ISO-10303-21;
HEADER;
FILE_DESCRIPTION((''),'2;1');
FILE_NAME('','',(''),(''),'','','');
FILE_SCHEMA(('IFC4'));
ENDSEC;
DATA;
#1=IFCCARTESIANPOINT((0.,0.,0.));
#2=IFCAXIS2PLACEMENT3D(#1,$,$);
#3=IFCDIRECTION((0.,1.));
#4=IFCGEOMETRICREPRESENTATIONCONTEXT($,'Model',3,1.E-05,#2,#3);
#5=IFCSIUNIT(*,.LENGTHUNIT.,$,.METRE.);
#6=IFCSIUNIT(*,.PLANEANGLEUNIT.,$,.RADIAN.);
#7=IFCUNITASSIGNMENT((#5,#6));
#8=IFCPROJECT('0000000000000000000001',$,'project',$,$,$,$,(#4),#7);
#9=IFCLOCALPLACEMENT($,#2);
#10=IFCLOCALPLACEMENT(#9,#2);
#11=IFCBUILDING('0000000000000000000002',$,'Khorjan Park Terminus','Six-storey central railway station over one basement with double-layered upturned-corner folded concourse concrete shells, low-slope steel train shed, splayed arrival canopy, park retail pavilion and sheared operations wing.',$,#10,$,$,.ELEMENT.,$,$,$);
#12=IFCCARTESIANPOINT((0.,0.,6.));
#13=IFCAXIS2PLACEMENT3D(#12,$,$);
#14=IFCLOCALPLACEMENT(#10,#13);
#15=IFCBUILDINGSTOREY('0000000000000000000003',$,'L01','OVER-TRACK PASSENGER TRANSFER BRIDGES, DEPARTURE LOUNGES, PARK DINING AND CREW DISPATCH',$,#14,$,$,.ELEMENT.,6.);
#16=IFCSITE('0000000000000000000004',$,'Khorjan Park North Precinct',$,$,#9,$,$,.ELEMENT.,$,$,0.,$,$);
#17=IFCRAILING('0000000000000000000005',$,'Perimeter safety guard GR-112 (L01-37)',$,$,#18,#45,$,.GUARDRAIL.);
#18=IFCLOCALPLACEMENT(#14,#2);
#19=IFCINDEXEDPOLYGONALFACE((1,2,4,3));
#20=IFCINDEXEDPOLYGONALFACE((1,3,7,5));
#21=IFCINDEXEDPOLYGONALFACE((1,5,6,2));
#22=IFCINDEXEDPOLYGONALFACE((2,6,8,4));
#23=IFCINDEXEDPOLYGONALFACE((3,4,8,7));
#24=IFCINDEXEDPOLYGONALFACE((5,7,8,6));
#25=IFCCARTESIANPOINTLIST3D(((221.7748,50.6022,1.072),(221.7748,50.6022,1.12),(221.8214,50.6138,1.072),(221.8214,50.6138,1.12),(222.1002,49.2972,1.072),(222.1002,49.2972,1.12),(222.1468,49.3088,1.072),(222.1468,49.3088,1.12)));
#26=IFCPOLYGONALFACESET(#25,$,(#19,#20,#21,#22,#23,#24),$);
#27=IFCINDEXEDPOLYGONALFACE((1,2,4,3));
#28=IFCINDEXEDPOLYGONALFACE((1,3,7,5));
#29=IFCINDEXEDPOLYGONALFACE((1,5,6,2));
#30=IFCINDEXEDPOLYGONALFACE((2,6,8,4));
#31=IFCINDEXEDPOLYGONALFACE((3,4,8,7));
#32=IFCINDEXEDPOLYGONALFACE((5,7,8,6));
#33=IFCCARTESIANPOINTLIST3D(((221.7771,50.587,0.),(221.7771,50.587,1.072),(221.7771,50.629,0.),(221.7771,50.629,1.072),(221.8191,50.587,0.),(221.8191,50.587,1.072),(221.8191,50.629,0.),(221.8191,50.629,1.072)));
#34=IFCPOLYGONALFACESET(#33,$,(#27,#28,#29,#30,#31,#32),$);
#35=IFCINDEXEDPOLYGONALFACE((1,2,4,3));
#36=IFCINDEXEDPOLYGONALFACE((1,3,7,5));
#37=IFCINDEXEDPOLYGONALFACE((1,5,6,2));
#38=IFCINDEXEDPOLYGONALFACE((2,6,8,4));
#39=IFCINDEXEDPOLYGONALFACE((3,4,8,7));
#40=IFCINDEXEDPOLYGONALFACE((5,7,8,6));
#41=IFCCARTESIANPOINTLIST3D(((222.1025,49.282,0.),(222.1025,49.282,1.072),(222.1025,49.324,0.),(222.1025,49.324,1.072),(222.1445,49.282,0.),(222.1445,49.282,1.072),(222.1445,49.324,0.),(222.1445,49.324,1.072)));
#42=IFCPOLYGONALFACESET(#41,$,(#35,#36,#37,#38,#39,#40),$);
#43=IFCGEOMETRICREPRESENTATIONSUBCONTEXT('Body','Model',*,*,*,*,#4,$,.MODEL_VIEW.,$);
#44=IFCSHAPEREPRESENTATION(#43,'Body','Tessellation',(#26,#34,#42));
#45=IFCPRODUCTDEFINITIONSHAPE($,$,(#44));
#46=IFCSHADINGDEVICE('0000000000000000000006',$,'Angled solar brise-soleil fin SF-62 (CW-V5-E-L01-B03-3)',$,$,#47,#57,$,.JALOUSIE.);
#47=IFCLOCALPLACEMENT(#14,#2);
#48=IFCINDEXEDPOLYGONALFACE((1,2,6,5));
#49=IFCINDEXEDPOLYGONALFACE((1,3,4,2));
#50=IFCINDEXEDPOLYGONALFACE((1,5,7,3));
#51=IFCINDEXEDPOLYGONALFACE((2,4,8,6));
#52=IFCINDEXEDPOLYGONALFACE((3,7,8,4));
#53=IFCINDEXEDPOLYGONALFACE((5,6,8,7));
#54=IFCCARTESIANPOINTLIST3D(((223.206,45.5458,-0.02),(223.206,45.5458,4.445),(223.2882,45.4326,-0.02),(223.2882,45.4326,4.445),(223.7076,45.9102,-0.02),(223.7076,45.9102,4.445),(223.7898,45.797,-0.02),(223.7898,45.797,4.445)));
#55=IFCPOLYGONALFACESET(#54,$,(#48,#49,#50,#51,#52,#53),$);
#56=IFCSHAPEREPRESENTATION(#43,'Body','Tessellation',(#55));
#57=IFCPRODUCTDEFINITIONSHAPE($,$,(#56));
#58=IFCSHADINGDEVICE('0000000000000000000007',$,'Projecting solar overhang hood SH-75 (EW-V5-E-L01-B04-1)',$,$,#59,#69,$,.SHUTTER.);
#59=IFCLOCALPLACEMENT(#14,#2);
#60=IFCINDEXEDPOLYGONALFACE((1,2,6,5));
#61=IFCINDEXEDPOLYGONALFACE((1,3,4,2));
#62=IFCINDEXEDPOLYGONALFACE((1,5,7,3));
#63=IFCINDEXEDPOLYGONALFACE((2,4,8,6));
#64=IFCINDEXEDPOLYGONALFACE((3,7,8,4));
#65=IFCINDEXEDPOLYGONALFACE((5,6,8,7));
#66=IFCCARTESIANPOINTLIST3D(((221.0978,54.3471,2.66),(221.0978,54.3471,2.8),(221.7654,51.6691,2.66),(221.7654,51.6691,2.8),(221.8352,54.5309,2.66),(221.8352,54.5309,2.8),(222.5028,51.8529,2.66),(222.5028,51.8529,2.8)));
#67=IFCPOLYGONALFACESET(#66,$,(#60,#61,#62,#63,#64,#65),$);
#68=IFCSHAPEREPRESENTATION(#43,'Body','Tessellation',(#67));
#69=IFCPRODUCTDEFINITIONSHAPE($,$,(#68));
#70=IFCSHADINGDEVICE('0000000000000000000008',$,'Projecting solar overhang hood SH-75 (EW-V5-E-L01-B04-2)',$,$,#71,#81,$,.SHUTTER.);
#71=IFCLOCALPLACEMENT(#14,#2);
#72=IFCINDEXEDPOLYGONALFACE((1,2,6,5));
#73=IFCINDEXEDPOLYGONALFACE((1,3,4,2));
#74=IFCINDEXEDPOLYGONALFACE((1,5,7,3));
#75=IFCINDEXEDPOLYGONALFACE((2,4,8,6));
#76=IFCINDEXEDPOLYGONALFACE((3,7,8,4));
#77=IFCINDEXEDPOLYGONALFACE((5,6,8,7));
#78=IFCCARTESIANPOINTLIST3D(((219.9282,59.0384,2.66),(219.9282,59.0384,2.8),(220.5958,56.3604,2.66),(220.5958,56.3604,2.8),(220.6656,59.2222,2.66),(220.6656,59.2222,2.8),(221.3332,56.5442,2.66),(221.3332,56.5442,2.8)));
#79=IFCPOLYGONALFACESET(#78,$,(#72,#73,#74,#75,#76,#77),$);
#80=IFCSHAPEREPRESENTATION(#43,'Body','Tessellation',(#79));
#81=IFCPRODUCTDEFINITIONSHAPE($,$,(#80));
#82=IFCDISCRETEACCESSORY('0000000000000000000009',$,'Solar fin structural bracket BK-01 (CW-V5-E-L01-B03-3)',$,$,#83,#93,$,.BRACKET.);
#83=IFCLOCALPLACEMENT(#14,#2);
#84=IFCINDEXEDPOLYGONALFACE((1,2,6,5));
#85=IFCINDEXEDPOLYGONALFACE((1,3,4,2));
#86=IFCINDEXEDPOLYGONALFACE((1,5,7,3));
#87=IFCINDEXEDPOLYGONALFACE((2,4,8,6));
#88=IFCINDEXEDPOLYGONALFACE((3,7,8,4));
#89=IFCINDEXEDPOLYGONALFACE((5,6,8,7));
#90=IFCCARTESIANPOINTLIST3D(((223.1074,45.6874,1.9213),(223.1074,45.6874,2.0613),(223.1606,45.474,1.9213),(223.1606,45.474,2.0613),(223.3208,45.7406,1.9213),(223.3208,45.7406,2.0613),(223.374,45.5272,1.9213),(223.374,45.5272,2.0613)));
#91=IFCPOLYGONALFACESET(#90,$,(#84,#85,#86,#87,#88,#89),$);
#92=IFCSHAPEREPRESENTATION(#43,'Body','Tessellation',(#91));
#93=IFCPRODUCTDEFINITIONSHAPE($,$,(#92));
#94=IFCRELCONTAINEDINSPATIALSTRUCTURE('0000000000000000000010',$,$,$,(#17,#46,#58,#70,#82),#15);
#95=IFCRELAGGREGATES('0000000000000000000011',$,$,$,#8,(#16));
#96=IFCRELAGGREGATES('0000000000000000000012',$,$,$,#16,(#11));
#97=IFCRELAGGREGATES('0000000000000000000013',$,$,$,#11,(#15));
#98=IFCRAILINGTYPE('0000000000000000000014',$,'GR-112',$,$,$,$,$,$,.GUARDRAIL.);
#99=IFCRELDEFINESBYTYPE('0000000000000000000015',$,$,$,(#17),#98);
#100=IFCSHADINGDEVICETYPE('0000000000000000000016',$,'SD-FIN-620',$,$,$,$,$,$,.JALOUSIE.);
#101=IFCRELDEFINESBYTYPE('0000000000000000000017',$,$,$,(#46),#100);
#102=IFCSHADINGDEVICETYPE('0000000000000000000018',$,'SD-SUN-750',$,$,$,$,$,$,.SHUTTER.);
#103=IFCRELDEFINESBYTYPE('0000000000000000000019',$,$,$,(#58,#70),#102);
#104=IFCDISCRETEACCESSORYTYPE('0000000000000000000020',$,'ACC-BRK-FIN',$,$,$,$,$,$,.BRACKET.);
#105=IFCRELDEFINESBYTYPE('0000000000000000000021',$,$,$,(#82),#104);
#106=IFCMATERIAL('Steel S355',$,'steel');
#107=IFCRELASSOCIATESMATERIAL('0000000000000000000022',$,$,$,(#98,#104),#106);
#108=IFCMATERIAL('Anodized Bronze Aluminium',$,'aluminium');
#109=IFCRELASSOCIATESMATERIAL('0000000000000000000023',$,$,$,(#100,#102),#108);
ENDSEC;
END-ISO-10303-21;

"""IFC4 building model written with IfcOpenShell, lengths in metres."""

from ifc_helpers import new_model, si_unit, direction, frame, origin, origin_2d, place, context, subcontext, project, spatial, rectangle, extrude, material, type_object, element, save


model = new_model("IFC4")

# Units and contexts
model_context = context("Model", 3, precision=1e-05, world=origin(), true_north=direction((0.0, 1.0)))
body_context = subcontext(model_context, "Body", "Model", "MODEL_VIEW")
ifc_project = project(units=[si_unit("LENGTHUNIT", "METRE"), si_unit("PLANEANGLEUNIT", "RADIAN")], contexts=[model_context])

# Site, building, storey
site_placement = place(None, origin())
site = spatial("IfcSite", under=ifc_project, at=site_placement, Name="Khorjan Park North Precinct", CompositionType="ELEMENT", RefElevation=0.0)
building_placement = place(site_placement, origin())
building = spatial("IfcBuilding", under=site, at=building_placement, Name="Khorjan Park Terminus", Description="Six-storey central railway station over one basement with double-layered upturned-corner folded concourse concrete shells, low-slope steel train shed, splayed arrival canopy, park retail pavilion and sheared operations wing.", CompositionType="ELEMENT")
storey_placement = place(building_placement, frame((0.0, 0.0, 6.0)))
storey = spatial("IfcBuildingStorey", under=building, at=storey_placement, Name="L01", Description="OVER-TRACK PASSENGER TRANSFER BRIDGES, DEPARTURE LOUNGES, PARK DINING AND CREW DISPATCH", CompositionType="ELEMENT", Elevation=6.0)

# Shared definitions
ifc_material_1 = material(Name="Steel S355", Category="steel")

# Shared definitions
ifc_material_2 = material(Name="Anodized Bronze Aluminium", Category="aluminium")

# Railing
railing_type = type_object("IfcRailingType", Name="GR-112", PredefinedType="GUARDRAIL", material=ifc_material_1)
railing_1_placement = place(storey_placement, frame((221.7981, 50.608, 0.0)))
element("IfcRailing", 1, at=railing_1_placement, inside=storey, type_object=railing_type, Name="Perimeter safety guard GR-112 (L01-37)", PredefinedType="GUARDRAIL", context=body_context, shape_type="SweptSolid", body=[
    extrude(rectangle(XDim=0.048, YDim=0.048, at=origin_2d()), frame((0.0, 0.0, 1.096), z_axis=(0.241941, -0.970291, 0.0), x_axis=(0.970291, 0.241941, 0.0)), (0.0, 0.0, 1.0), 1.345),
    extrude(rectangle(XDim=0.042, YDim=0.042, at=origin_2d()), origin(), (0.0, 0.0, 1.0), 1.072),
    extrude(rectangle(XDim=0.042, YDim=0.042, at=origin_2d()), frame((0.3254, -1.305, 0.0)), (0.0, 0.0, 1.0), 1.072),
])

# Shading devices
shading_device_type_1 = type_object("IfcShadingDeviceType", Name="SD-FIN-620", PredefinedType="JALOUSIE", material=ifc_material_2)
shading_device_placement = place(storey_placement, frame((223.4979, 45.6714, -0.02), z_axis=(0.0, 0.0, 1.0), x_axis=(-0.809017, -0.587785, 0.0)))
element("IfcShadingDevice", 2, at=shading_device_placement, inside=storey, type_object=shading_device_type_1, Name="Angled solar brise-soleil fin SF-62 (CW-V5-E-L01-B03-3)", PredefinedType="JALOUSIE", context=body_context, shape_type="SweptSolid", body=[
    extrude(rectangle(XDim=0.62, YDim=0.14, at=origin_2d()), origin(), (0.0, 0.0, 1.0), 4.465),
])
shading_device_type_2 = type_object("IfcShadingDeviceType", Name="SD-SUN-750", PredefinedType="SHUTTER", material=ifc_material_2)
for number, where, z_axis, x_axis, name in (
    (3, (221.8003, 53.1, 2.66), (0.0, 0.0, 1.0), (-0.24191, 0.970299, 0.0), "Projecting solar overhang hood SH-75 (EW-V5-E-L01-B04-1)"),
    (4, (220.6307, 57.7913, 2.66), (0.0, 0.0, 1.0), (-0.24191, 0.970299, 0.0), "Projecting solar overhang hood SH-75 (EW-V5-E-L01-B04-2)"),
):
    element("IfcShadingDevice", number, at=place(storey_placement, frame(where, z_axis=z_axis, x_axis=x_axis)), inside=storey, type_object=shading_device_type_2, Name=name, PredefinedType="SHUTTER", context=body_context, shape_type="SweptSolid", body=[
        extrude(rectangle(XDim=2.76, YDim=0.76, at=origin_2d()), origin(), (0.0, 0.0, 1.0), 0.14),
    ])

# Discrete accessory
discrete_accessory_type = type_object("IfcDiscreteAccessoryType", Name="ACC-BRK-FIN", PredefinedType="BRACKET", material=ifc_material_1)
discrete_accessory_placement = place(storey_placement, frame((223.2407, 45.6073, 1.9213), z_axis=(0.0, 0.0, 1.0), x_axis=(-0.241923, 0.970295, 0.0)))
element("IfcDiscreteAccessory", 5, at=discrete_accessory_placement, inside=storey, type_object=discrete_accessory_type, Name="Solar fin structural bracket BK-01 (CW-V5-E-L01-B03-3)", PredefinedType="BRACKET", context=body_context, shape_type="SweptSolid", body=[
    extrude(rectangle(XDim=0.22, YDim=0.22, at=origin_2d()), origin(), (0.0, 0.0, 1.0), 0.14),
])

save(model, "model.ifc")
